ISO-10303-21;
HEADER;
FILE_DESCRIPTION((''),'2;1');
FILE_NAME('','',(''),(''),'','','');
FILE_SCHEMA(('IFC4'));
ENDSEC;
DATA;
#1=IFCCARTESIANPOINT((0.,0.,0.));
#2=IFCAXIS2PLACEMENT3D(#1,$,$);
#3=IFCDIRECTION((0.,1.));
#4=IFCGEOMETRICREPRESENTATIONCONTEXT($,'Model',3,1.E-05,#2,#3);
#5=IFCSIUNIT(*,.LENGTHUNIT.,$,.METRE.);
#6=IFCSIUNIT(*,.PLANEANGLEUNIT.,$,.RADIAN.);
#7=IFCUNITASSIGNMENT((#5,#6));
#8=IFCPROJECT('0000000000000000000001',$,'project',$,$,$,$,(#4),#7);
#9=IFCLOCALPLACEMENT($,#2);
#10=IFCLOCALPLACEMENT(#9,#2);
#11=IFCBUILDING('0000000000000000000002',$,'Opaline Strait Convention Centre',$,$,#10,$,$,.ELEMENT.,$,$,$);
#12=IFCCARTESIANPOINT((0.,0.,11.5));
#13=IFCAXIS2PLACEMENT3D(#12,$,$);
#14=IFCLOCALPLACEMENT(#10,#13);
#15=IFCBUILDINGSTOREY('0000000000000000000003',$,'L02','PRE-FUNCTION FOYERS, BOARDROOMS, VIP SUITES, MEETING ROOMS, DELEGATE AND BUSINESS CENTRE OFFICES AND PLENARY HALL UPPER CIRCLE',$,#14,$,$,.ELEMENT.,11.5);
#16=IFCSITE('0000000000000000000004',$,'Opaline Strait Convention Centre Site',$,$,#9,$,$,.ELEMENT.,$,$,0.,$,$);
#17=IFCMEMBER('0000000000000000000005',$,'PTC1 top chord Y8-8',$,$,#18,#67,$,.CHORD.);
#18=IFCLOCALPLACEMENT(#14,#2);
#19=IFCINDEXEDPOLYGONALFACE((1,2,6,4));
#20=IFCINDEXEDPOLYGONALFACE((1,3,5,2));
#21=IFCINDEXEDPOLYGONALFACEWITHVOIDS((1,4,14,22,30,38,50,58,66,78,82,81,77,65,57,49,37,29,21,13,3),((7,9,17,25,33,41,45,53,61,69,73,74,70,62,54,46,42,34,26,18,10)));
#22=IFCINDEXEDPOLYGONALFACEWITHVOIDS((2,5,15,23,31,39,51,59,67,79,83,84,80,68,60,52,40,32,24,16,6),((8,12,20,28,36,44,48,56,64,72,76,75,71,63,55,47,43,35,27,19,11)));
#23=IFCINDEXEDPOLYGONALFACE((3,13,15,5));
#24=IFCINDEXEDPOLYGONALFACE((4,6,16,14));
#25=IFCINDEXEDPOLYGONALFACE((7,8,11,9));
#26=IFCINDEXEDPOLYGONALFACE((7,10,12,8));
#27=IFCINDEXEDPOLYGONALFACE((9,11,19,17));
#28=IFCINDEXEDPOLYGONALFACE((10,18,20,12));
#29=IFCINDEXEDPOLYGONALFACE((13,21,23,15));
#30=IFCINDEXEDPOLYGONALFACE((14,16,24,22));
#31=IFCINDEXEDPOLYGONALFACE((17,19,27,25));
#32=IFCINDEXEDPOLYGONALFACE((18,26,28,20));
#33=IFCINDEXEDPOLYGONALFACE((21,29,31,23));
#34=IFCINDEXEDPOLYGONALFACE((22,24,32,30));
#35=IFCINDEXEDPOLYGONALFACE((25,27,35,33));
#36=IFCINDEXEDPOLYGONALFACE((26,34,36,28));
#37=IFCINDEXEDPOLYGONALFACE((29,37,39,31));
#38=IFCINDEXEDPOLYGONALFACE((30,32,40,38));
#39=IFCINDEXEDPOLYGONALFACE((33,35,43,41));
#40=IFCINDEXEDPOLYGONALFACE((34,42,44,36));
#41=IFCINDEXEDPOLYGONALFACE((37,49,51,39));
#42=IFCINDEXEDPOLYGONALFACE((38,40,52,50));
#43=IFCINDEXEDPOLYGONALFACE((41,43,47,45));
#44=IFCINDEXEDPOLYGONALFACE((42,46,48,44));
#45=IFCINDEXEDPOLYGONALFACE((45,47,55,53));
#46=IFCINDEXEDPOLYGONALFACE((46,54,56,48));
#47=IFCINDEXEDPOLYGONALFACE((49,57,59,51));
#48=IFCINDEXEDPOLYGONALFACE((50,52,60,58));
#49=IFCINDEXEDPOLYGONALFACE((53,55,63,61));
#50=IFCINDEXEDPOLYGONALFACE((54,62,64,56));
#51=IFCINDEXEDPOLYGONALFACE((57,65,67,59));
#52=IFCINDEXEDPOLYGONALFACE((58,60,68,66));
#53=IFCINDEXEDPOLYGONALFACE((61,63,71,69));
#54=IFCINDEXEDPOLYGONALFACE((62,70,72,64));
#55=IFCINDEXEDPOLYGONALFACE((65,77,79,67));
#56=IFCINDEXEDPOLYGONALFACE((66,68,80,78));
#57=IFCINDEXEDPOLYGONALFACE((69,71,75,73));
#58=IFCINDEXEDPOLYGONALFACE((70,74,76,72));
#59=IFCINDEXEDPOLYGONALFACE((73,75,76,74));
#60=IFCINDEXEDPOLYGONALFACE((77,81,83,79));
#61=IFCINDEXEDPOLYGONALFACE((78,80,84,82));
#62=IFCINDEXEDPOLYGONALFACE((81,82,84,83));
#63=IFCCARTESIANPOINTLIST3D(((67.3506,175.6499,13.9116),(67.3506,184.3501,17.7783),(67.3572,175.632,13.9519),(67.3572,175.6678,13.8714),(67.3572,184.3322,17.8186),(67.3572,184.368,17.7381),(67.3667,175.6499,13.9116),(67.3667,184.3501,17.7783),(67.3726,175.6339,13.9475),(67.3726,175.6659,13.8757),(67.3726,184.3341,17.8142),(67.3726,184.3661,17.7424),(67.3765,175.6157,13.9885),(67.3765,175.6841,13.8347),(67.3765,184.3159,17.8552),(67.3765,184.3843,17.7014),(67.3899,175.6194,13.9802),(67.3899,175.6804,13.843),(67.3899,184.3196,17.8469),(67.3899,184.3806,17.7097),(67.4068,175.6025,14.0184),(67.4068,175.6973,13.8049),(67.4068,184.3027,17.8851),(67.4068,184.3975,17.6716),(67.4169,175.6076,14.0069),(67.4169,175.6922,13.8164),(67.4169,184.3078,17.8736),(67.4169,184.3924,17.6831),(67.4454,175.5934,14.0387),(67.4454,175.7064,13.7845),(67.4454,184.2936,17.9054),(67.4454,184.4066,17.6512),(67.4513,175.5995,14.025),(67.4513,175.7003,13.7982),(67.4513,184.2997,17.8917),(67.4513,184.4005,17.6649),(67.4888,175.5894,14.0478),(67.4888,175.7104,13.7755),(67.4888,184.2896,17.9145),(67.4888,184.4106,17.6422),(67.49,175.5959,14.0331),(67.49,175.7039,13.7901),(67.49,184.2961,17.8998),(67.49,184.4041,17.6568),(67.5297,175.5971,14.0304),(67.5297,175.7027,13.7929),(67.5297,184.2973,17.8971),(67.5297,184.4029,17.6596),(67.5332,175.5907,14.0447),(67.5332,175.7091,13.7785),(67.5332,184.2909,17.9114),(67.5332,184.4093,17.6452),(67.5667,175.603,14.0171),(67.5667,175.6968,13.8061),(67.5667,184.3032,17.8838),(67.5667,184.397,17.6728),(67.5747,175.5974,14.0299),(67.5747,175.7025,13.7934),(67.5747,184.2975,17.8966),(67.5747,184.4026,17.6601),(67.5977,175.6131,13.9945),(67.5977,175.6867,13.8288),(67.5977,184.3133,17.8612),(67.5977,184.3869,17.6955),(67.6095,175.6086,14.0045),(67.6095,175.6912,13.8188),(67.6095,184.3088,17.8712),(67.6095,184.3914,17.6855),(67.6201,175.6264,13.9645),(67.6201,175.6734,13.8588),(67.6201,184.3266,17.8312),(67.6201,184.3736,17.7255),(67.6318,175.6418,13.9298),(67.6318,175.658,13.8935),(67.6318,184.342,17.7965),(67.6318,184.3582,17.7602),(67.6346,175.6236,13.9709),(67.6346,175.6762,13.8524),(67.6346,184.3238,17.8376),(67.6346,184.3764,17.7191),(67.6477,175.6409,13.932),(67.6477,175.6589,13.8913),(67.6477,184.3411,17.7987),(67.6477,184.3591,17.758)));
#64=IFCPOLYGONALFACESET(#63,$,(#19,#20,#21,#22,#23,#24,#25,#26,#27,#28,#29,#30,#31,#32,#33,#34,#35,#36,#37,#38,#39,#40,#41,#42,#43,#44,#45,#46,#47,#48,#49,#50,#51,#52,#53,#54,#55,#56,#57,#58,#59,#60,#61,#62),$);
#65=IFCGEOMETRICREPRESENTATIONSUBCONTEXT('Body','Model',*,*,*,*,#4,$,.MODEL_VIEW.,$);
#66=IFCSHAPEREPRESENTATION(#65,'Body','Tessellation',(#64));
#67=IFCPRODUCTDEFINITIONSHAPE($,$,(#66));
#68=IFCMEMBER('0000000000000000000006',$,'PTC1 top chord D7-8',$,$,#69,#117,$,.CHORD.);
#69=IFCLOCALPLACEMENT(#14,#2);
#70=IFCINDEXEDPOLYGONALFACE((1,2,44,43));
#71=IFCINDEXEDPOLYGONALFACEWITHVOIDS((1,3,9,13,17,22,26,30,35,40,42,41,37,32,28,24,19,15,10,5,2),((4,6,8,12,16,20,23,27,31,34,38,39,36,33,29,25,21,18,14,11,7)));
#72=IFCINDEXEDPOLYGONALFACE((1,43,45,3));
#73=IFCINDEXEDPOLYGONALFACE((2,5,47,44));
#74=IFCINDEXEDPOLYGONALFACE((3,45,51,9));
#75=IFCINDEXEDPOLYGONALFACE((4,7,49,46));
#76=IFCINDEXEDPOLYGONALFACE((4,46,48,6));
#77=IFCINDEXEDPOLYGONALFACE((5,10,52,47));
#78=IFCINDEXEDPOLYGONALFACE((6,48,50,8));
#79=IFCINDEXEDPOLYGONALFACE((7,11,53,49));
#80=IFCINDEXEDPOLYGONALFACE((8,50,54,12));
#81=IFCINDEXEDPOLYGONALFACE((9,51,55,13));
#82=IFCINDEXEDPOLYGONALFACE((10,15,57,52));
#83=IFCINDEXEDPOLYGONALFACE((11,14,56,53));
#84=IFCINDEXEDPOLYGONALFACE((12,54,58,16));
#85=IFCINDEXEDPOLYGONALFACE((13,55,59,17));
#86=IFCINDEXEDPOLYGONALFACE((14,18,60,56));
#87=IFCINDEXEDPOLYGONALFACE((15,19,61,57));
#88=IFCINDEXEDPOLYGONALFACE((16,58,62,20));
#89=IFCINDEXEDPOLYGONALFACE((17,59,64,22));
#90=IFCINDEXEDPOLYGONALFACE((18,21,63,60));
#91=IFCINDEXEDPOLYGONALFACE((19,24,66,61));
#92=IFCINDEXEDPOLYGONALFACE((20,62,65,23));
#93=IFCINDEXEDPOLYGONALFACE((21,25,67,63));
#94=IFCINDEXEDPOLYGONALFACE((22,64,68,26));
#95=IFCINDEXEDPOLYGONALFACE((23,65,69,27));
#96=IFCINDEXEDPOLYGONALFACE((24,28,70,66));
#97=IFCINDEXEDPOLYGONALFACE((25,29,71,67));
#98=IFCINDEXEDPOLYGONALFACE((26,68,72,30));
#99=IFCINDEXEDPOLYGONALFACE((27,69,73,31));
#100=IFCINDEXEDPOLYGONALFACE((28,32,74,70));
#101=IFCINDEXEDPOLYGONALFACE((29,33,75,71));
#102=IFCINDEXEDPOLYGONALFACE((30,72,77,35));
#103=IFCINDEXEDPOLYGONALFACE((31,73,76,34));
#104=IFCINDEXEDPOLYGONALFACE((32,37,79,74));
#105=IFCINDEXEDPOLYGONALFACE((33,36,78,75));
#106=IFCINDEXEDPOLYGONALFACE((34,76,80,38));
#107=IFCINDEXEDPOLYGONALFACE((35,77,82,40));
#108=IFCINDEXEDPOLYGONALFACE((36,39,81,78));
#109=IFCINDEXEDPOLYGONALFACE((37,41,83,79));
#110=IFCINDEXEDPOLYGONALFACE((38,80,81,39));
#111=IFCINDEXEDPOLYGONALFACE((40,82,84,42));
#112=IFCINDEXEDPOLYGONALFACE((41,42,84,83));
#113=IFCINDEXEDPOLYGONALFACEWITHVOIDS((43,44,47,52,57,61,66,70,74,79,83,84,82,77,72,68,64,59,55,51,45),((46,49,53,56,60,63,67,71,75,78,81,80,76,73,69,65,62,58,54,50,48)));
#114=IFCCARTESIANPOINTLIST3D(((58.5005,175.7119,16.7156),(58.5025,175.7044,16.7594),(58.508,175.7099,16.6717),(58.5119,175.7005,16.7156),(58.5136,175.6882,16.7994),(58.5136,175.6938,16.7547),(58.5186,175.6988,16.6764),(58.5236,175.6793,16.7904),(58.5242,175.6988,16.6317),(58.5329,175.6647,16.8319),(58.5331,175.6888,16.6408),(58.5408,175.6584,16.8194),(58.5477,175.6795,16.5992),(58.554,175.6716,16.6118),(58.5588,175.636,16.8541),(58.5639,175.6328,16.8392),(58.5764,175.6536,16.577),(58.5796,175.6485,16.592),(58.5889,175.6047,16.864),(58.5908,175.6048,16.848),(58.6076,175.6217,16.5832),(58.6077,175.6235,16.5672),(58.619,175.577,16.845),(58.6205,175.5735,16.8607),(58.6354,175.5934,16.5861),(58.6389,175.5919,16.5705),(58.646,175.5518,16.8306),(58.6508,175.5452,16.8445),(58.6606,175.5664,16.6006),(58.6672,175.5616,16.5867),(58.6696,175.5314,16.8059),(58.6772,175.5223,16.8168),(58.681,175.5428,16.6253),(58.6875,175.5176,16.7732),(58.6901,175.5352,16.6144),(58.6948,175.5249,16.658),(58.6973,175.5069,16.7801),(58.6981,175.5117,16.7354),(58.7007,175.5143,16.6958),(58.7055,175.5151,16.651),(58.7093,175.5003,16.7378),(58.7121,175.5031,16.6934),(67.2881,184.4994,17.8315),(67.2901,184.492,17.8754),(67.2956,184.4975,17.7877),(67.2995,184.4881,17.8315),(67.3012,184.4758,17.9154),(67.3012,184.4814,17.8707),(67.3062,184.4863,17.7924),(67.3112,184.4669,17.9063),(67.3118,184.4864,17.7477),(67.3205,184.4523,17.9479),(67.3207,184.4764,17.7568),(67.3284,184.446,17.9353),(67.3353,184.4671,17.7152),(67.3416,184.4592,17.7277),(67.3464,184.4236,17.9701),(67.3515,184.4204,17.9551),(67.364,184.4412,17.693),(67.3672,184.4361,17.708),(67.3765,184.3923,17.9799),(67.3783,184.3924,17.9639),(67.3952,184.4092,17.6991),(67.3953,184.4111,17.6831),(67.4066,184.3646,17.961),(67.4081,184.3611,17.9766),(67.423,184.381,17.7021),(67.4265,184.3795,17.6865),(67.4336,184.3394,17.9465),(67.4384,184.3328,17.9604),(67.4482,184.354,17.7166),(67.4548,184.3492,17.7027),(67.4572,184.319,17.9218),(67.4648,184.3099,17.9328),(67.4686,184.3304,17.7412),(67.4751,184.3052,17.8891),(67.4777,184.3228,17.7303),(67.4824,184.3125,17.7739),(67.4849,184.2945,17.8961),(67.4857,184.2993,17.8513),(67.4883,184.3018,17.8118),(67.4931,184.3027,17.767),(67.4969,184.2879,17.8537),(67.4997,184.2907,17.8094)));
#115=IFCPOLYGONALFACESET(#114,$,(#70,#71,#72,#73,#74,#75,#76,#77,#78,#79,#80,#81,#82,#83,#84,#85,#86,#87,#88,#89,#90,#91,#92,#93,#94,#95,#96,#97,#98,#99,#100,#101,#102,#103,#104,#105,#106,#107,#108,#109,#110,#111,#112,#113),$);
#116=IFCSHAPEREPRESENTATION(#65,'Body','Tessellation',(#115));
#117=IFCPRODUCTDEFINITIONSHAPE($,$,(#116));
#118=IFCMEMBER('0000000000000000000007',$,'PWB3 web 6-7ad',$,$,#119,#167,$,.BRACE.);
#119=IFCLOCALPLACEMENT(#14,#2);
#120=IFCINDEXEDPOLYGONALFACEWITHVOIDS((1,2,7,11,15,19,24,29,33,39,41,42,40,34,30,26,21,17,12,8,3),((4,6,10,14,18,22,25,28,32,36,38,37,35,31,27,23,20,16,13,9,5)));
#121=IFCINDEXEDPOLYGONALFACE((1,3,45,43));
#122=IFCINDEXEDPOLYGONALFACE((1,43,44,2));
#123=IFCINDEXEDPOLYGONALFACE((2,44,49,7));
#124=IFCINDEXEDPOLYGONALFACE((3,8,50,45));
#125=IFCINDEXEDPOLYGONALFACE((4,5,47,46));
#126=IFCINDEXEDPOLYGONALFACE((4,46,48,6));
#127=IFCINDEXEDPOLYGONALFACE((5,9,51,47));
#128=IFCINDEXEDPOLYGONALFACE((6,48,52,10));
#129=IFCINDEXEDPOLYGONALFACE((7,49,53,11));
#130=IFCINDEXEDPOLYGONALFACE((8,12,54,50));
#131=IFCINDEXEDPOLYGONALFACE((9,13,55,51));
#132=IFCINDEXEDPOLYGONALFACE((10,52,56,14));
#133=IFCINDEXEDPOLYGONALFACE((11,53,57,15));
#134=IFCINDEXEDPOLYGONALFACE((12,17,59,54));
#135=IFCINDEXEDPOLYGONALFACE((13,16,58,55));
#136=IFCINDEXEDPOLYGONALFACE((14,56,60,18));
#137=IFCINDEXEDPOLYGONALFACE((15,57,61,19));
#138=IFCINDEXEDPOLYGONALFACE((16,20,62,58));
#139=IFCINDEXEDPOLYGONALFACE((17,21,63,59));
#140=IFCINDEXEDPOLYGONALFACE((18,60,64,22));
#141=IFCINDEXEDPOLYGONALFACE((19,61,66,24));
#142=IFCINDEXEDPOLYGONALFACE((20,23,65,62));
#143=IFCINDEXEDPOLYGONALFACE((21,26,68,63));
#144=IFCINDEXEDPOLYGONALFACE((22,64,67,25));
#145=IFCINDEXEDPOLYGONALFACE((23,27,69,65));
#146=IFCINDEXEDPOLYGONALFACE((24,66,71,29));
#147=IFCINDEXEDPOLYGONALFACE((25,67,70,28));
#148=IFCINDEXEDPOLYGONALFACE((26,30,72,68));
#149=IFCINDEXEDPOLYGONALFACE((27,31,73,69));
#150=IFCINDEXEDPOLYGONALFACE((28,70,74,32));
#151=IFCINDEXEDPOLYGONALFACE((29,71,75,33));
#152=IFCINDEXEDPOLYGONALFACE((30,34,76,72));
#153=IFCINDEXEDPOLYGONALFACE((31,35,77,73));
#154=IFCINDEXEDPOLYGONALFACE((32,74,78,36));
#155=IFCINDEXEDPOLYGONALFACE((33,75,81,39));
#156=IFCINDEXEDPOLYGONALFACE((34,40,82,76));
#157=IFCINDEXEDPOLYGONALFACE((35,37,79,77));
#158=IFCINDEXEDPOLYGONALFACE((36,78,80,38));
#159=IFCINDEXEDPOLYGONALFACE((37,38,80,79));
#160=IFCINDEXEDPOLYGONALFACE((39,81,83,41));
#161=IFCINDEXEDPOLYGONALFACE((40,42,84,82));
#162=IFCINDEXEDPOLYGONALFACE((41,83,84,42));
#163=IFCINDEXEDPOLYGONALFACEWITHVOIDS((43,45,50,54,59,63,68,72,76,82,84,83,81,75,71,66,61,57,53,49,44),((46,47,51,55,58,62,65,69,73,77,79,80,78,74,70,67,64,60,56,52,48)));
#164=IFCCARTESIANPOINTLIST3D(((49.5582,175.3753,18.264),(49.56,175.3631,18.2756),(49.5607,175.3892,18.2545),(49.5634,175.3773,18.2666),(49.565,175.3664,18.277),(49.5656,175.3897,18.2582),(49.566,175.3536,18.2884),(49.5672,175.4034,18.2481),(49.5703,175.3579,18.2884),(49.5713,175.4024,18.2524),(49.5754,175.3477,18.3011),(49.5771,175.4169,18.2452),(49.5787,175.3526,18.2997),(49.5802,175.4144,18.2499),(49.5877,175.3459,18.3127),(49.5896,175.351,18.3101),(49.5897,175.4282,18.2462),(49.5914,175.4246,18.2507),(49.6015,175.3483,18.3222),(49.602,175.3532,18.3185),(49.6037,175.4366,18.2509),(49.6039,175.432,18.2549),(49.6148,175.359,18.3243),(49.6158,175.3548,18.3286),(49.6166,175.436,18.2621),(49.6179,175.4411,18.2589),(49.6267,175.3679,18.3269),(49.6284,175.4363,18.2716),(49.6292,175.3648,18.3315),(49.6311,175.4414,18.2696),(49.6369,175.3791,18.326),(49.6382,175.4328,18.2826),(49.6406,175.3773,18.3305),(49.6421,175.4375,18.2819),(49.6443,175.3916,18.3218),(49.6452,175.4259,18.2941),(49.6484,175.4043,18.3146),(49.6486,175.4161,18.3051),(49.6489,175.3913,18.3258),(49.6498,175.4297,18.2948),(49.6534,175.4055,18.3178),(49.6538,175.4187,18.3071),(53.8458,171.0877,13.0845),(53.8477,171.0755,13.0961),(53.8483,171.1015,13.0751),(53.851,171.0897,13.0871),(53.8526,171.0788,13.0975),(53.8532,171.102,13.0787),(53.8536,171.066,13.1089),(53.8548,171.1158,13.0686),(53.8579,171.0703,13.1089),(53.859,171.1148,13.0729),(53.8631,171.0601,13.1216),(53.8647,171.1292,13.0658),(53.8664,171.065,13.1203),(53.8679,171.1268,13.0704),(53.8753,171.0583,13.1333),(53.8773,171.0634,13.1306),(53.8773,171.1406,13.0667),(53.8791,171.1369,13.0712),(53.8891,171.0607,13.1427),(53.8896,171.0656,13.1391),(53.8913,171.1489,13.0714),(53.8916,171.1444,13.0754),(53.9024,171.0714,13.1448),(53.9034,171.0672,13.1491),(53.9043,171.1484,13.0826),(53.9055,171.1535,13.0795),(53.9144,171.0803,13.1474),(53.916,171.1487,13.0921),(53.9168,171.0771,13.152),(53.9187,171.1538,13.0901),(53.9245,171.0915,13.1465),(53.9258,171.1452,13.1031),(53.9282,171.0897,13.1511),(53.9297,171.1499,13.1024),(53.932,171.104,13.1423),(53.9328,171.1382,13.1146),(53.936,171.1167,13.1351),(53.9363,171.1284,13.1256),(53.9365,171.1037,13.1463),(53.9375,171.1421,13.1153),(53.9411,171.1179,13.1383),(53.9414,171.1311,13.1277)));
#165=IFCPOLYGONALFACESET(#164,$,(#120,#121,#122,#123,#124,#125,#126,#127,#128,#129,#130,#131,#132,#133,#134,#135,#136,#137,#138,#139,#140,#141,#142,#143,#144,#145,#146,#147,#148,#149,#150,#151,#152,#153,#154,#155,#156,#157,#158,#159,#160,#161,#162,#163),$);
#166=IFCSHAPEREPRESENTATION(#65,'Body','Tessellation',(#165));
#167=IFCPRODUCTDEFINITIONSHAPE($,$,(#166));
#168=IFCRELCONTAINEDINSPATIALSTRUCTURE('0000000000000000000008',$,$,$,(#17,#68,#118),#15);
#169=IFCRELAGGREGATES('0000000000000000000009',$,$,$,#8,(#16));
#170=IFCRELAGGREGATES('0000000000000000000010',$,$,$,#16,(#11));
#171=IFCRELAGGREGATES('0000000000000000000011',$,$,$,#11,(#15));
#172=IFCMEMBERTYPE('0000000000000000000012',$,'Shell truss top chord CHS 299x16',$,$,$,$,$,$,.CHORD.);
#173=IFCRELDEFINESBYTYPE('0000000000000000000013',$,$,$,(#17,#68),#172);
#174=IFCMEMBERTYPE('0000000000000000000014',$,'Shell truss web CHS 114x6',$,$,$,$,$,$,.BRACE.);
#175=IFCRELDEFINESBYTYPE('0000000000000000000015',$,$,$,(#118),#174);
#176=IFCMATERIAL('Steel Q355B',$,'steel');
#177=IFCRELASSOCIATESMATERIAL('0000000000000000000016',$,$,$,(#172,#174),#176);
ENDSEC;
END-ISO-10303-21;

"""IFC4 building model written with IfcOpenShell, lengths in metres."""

from ifc_helpers import new_model, si_unit, direction, frame, origin, origin_2d, place, context, subcontext, project, spatial, hollow_circle, extrude, material, material_profile, profile_set, type_object, element, save


model = new_model("IFC4")

# Units and contexts
model_context = context("Model", 3, precision=1e-05, world=origin(), true_north=direction((0.0, 1.0)))
body_context = subcontext(model_context, "Body", "Model", "MODEL_VIEW")
ifc_project = project(units=[si_unit("LENGTHUNIT", "METRE"), si_unit("PLANEANGLEUNIT", "RADIAN")], contexts=[model_context])

# Site, building, storey
site_placement = place(None, origin())
site = spatial("IfcSite", under=ifc_project, at=site_placement, Name="Opaline Strait Convention Centre Site", CompositionType="ELEMENT", RefElevation=0.0)
building_placement = place(site_placement, origin())
building = spatial("IfcBuilding", under=site, at=building_placement, Name="Opaline Strait Convention Centre", CompositionType="ELEMENT")
storey_placement = place(building_placement, frame((0.0, 0.0, 11.5)))
storey = spatial("IfcBuildingStorey", under=building, at=storey_placement, Name="L02", Description="PRE-FUNCTION FOYERS, BOARDROOMS, VIP SUITES, MEETING ROOMS, DELEGATE AND BUSINESS CENTRE OFFICES AND PLENARY HALL UPPER CIRCLE", CompositionType="ELEMENT", Elevation=11.5)

# Members
ifc_material_1 = material(Name="Steel Q355B", Category="steel")
ifc_material_profile_1 = material_profile(ifc_material_1, hollow_circle(Radius=0.1494, WallThickness=0.0161, at=origin_2d()), Name="CHS 299x16")
ifc_profile_set_1 = profile_set([ifc_material_profile_1], Name="Steel Q355B")
member_type_1 = type_object("IfcMemberType", Name="Shell truss top chord CHS 299x16", PredefinedType="CHORD", material=ifc_profile_set_1)
for number, where, z_axis, x_axis, name in (
    (1, (67.5, 175.6499, 13.9116), (0.0, 0.913814, 0.406134), (-1.0, 0.0, 0.0), "PTC1 top chord Y8-8"),
):
    element("IfcMember", number, at=place(storey_placement, frame(where, z_axis=z_axis, x_axis=x_axis)), inside=storey, type_object=member_type_1, Name=name, PredefinedType="CHORD", context=body_context, shape_type="SweptSolid", body=[
        extrude(hollow_circle(Radius=0.1494, WallThickness=0.0161, at=origin_2d()), origin(), (0.0, 0.0, 1.0), 9.5208),
    ])
member_1_placement = place(storey_placement, frame((58.6062, 175.6062, 16.7156), z_axis=(0.704273, 0.704273, 0.089438), x_axis=(-0.707107, 0.707107, 0.0)))
element("IfcMember", 2, at=member_1_placement, inside=storey, type_object=member_type_1, Name="PTC1 top chord D7-8", PredefinedType="CHORD", context=body_context, shape_type="SweptSolid", body=[
    extrude(hollow_circle(Radius=0.1494, WallThickness=0.0161, at=origin_2d()), origin(), (0.0, 0.0, 1.0), 12.4775),
])
ifc_material_profile_2 = material_profile(ifc_material_1, hollow_circle(Radius=0.0569, WallThickness=0.0061, at=origin_2d()), Name="CHS 114x6")
ifc_profile_set_2 = profile_set([ifc_material_profile_2], Name="Steel Q355B")
member_type_2 = type_object("IfcMemberType", Name="Shell truss web CHS 114x6", PredefinedType="BRACE", material=ifc_profile_set_2)
member_2_placement = place(storey_placement, frame((53.8938, 171.1062, 13.1089), z_axis=(-0.537659, 0.537659, 0.649496), x_axis=(-0.707107, -0.707107, 0.0)))
element("IfcMember", 3, at=member_2_placement, inside=storey, type_object=member_type_2, Name="PWB3 web 6-7ad", PredefinedType="BRACE", context=body_context, shape_type="SweptSolid", body=[
    extrude(hollow_circle(Radius=0.0569, WallThickness=0.0061, at=origin_2d()), origin(), (0.0, 0.0, 1.0), 7.9746),
])

save(model, "model.ifc")
